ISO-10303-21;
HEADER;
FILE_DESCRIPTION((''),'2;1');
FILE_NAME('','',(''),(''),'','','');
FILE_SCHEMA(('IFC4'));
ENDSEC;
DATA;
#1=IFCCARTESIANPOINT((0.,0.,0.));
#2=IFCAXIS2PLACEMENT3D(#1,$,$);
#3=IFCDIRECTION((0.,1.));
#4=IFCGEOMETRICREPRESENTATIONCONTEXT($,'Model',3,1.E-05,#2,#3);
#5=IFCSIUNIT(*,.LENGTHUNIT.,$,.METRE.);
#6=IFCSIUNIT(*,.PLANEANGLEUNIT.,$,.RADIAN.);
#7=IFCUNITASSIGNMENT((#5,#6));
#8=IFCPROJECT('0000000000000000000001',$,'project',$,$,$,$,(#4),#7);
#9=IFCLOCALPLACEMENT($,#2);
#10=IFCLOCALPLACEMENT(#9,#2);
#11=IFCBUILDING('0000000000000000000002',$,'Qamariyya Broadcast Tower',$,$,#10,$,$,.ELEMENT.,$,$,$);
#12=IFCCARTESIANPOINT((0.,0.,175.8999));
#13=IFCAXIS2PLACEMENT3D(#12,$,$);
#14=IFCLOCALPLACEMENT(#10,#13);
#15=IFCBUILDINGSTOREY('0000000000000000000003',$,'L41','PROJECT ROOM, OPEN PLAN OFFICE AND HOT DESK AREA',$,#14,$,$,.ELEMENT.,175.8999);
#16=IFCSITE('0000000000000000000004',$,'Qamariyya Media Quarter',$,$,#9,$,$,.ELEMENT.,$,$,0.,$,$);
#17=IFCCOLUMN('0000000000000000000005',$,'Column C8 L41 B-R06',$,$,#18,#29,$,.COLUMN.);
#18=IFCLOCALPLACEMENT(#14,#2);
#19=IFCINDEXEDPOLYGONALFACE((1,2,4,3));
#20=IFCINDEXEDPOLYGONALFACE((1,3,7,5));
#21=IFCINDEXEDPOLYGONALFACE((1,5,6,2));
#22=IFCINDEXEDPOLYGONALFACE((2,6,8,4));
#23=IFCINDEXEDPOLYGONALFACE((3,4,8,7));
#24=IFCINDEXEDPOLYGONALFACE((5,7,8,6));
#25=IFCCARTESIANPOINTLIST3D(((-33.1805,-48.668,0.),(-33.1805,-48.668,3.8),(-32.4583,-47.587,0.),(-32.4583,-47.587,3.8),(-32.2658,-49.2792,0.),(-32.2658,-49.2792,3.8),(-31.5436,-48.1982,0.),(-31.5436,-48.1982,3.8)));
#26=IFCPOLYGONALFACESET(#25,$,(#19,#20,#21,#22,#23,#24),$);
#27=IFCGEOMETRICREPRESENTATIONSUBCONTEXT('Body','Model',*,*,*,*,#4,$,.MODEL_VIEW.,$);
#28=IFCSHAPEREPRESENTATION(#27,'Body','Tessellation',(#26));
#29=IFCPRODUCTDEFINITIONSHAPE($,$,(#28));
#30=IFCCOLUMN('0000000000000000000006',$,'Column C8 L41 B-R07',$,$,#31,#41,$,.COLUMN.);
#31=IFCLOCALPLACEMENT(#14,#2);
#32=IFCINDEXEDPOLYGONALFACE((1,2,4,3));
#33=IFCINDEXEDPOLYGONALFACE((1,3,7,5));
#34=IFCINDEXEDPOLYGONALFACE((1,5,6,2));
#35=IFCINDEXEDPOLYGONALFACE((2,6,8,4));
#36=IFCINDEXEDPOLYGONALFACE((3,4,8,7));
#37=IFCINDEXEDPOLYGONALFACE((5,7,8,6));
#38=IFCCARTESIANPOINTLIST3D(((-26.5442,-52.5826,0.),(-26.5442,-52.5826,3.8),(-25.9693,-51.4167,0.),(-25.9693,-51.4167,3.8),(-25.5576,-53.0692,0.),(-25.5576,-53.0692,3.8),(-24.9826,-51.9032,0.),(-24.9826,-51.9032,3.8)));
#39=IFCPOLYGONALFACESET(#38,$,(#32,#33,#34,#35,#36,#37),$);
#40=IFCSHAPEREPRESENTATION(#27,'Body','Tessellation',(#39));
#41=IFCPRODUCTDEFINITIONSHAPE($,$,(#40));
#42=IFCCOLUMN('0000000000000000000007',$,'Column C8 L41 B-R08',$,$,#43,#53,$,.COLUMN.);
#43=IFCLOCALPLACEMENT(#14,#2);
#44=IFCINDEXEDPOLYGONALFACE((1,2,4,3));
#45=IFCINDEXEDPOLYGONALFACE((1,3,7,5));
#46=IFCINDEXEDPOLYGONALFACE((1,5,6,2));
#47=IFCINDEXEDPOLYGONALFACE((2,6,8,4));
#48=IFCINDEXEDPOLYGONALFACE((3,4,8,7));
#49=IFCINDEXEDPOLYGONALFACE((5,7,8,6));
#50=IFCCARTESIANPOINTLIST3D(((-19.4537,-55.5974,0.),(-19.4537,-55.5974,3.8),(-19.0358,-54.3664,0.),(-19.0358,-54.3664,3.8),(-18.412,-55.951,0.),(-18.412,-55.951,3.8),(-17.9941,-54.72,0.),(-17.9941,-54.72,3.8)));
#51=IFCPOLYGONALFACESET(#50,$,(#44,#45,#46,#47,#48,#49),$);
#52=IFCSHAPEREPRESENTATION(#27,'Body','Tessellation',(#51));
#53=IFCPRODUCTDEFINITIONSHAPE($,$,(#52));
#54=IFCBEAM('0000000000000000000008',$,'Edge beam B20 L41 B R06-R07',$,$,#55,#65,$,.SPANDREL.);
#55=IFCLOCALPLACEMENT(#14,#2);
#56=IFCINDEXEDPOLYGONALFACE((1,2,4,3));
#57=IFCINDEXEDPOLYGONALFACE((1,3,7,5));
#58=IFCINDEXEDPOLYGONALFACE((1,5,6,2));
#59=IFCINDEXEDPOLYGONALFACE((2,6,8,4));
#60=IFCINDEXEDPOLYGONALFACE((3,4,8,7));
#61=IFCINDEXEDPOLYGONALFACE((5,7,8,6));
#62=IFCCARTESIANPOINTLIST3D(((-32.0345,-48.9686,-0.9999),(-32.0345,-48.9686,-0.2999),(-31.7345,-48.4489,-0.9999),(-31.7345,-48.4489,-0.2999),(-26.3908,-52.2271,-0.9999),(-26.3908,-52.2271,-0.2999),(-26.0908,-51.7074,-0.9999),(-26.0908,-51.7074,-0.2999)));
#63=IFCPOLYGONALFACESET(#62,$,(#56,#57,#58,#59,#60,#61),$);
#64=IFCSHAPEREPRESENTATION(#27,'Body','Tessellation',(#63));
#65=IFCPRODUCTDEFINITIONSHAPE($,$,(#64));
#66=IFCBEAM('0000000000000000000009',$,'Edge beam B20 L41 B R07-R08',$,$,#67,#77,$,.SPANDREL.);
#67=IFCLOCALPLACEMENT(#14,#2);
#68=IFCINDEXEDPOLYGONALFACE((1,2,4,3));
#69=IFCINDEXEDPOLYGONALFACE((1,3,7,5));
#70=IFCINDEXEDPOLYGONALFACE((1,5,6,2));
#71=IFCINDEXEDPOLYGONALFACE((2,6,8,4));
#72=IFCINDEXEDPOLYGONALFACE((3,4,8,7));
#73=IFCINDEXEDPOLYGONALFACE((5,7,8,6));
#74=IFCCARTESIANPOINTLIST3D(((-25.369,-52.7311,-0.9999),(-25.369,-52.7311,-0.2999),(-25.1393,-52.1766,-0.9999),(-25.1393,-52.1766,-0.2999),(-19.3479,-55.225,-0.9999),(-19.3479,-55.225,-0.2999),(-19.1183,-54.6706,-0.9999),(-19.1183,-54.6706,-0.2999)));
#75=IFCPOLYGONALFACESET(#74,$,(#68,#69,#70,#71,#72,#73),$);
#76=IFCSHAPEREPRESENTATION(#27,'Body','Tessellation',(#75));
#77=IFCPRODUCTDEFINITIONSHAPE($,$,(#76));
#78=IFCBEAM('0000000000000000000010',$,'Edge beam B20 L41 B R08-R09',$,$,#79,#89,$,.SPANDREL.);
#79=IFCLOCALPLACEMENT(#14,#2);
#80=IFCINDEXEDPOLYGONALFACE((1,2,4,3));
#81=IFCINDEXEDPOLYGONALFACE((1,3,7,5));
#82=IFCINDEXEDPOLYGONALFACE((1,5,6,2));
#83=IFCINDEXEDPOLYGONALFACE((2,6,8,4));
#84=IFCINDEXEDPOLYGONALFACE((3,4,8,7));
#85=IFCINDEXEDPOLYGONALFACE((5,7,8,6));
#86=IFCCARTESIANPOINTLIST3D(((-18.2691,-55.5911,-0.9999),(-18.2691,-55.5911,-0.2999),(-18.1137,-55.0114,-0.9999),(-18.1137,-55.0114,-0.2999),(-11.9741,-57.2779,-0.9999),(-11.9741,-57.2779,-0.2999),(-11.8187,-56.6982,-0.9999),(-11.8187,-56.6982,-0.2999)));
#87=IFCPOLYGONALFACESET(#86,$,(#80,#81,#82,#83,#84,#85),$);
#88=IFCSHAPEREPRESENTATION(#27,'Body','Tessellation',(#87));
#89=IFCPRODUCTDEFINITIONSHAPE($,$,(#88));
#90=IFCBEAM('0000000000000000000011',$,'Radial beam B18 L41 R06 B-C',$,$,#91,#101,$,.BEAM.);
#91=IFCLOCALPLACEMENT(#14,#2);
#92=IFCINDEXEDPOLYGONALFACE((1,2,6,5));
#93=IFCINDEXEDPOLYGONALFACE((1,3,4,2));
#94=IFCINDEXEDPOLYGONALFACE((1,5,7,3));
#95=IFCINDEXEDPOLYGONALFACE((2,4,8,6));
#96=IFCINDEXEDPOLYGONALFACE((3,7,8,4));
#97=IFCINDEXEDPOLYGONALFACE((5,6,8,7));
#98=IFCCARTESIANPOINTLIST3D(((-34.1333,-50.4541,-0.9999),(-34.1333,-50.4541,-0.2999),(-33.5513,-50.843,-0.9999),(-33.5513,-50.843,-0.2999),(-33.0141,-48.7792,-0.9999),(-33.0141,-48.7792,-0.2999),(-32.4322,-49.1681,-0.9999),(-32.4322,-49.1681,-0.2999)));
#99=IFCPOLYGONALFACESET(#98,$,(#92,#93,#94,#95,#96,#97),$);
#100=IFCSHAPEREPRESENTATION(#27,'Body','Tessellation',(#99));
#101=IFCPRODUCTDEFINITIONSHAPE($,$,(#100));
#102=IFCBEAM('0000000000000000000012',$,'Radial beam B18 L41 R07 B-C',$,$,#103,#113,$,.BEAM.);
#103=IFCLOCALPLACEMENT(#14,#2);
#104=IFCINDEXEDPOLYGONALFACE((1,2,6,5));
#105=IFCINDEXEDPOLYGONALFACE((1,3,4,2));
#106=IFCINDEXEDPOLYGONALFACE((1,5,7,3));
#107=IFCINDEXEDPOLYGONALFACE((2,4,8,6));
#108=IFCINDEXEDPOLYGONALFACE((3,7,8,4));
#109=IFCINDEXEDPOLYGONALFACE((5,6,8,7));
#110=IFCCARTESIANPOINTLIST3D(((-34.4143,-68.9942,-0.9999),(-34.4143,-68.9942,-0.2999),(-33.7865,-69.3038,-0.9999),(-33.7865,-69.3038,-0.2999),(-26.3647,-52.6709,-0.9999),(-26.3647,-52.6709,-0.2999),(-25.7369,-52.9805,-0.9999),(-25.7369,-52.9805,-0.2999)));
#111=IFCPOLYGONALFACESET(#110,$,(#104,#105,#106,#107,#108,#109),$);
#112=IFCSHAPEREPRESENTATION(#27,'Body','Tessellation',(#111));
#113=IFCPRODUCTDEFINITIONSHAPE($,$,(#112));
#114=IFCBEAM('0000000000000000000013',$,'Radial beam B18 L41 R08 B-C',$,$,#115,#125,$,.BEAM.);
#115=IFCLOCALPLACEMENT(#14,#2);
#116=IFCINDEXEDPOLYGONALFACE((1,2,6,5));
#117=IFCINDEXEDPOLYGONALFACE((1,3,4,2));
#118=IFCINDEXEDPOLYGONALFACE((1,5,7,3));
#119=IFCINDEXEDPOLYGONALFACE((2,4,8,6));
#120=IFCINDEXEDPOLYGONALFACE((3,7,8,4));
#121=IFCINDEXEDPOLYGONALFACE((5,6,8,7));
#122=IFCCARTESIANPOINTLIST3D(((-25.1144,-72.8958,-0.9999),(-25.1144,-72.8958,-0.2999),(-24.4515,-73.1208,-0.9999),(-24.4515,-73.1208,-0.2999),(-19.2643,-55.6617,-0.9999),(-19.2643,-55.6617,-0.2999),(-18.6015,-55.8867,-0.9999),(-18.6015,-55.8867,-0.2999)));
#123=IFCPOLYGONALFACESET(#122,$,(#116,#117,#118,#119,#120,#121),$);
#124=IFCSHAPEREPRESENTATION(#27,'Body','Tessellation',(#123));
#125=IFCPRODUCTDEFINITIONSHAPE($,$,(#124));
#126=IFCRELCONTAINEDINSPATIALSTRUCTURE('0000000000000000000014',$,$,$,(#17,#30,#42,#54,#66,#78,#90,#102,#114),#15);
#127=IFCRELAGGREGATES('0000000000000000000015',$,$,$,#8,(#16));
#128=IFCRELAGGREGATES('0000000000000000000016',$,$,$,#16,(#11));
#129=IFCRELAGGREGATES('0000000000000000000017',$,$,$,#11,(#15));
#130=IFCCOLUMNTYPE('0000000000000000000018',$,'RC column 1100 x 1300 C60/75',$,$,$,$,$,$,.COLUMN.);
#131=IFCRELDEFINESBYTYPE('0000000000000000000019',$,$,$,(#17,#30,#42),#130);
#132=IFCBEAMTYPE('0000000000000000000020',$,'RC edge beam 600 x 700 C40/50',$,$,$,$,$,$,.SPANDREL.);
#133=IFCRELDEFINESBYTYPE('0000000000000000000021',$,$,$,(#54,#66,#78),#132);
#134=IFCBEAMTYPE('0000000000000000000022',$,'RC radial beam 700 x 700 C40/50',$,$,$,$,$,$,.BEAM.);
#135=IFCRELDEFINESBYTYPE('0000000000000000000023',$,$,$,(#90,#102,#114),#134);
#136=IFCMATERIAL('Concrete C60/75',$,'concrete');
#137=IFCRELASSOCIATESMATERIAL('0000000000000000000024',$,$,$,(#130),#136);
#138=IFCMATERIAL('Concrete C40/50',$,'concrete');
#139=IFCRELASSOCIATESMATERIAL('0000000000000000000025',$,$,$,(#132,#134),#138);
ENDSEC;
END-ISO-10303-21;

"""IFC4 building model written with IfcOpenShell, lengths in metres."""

from ifc_helpers import new_model, si_unit, direction, frame, origin, origin_2d, place, context, subcontext, project, spatial, rectangle, extrude, material, material_profile, profile_set, type_object, element, save


model = new_model("IFC4")

# Units and contexts
model_context = context("Model", 3, precision=1e-05, world=origin(), true_north=direction((0.0, 1.0)))
body_context = subcontext(model_context, "Body", "Model", "MODEL_VIEW")
ifc_project = project(units=[si_unit("LENGTHUNIT", "METRE"), si_unit("PLANEANGLEUNIT", "RADIAN")], contexts=[model_context])

# Site, building, storey
site_placement = place(None, origin())
site = spatial("IfcSite", under=ifc_project, at=site_placement, Name="Qamariyya Media Quarter", CompositionType="ELEMENT", RefElevation=0.0)
building_placement = place(site_placement, origin())
building = spatial("IfcBuilding", under=site, at=building_placement, Name="Qamariyya Broadcast Tower", CompositionType="ELEMENT")
storey_placement = place(building_placement, frame((0.0, 0.0, 175.8999)))
storey = spatial("IfcBuildingStorey", under=building, at=storey_placement, Name="L41", Description="PROJECT ROOM, OPEN PLAN OFFICE AND HOT DESK AREA", CompositionType="ELEMENT", Elevation=175.8999)

# Columns
ifc_material_1 = material(Name="Concrete C60/75", Category="concrete")
ifc_material_profile_1 = material_profile(ifc_material_1, rectangle(XDim=1.1001, YDim=1.3, at=origin_2d()))
ifc_profile_set_1 = profile_set([ifc_material_profile_1], Name="Concrete C60/75")
column_type = type_object("IfcColumnType", Name="RC column 1100 x 1300 C60/75", PredefinedType="COLUMN", material=ifc_profile_set_1)
for number, where, z_axis, x_axis, name in (
    (1, (-32.3621, -48.4331, 0.0), (0.0, 0.0, 1.0), (0.83147, -0.55557, 0.0), "Column C8 L41 B-R06"),
    (2, (-25.7634, -52.2429, 0.0), (0.0, 0.0, 1.0), (0.896873, -0.442289, 0.0), "Column C8 L41 B-R07"),
    (3, (-18.7239, -55.1587, 0.0), (0.0, 0.0, 1.0), (0.94693, -0.321439, 0.0), "Column C8 L41 B-R08"),
):
    element("IfcColumn", number, at=place(storey_placement, frame(where, z_axis=z_axis, x_axis=x_axis)), inside=storey, type_object=column_type, Name=name, PredefinedType="COLUMN", context=body_context, shape_type="SweptSolid", body=[
        extrude(rectangle(XDim=1.1001, YDim=1.3, at=origin_2d()), origin(), (0.0, 0.0, 1.0), 3.8),
    ])

# Beams
ifc_material_2 = material(Name="Concrete C40/50", Category="concrete")
ifc_material_profile_2 = material_profile(ifc_material_2, rectangle(XDim=0.6001, YDim=0.7, at=origin_2d()))
ifc_profile_set_2 = profile_set([ifc_material_profile_2], Name="Concrete C40/50")
beam_type_1 = type_object("IfcBeamType", Name="RC edge beam 600 x 700 C40/50", PredefinedType="SPANDREL", material=ifc_profile_set_2)
beam_1_placement = place(storey_placement, frame((-31.8845, -48.7087, -0.6499), z_axis=(0.866019, -0.500011, 0.0), x_axis=(0.500011, 0.866019, 0.0)))
element("IfcBeam", 4, at=beam_1_placement, inside=storey, type_object=beam_type_1, Name="Edge beam B20 L41 B R06-R07", PredefinedType="SPANDREL", context=body_context, shape_type="SweptSolid", body=[
    extrude(rectangle(XDim=0.6001, YDim=0.7, at=origin_2d()), origin(), (0.0, 0.0, 1.0), 6.5168),
])
for number, where, z_axis, x_axis, name in (
    (5, (-25.2542, -52.4539, -0.6499), (0.923884, -0.382673, 0.0), (0.382673, 0.923884, 0.0), "Edge beam B20 L41 B R07-R08"),
    (6, (-18.1914, -55.3013, -0.6499), (0.965924, -0.258826, 0.0), (0.258826, 0.965924, 0.0), "Edge beam B20 L41 B R08-R09"),
):
    element("IfcBeam", number, at=place(storey_placement, frame(where, z_axis=z_axis, x_axis=x_axis)), inside=storey, type_object=beam_type_1, Name=name, PredefinedType="SPANDREL", context=body_context, shape_type="SweptSolid", body=[
        extrude(rectangle(XDim=0.6001, YDim=0.7, at=origin_2d()), origin(), (0.0, 0.0, 1.0), 6.5171),
    ])
ifc_material_profile_3 = material_profile(ifc_material_2, rectangle(XDim=0.7, YDim=0.7, at=origin_2d()))
ifc_profile_set_3 = profile_set([ifc_material_profile_3], Name="Concrete C40/50")
beam_type_2 = type_object("IfcBeamType", Name="RC radial beam 700 x 700 C40/50", PredefinedType="BEAM", material=ifc_profile_set_3)
beam_2_placement = place(storey_placement, frame((-32.7231, -48.9736, -0.6499), z_axis=(-0.555595, -0.831453, 0.0), x_axis=(0.831453, -0.555595, 0.0)))
element("IfcBeam", 7, at=beam_2_placement, inside=storey, type_object=beam_type_2, Name="Radial beam B18 L41 R06 B-C", PredefinedType="BEAM", context=body_context, shape_type="SweptSolid", body=[
    extrude(rectangle(XDim=0.7, YDim=0.7, at=origin_2d()), origin(), (0.0, 0.0, 1.0), 2.0144),
])
beam_3_placement = place(storey_placement, frame((-26.0508, -52.8257, -0.6499), z_axis=(-0.442281, -0.896876, 0.0), x_axis=(0.896876, -0.442281, 0.0)))
element("IfcBeam", 8, at=beam_3_placement, inside=storey, type_object=beam_type_2, Name="Radial beam B18 L41 R07 B-C", PredefinedType="BEAM", context=body_context, shape_type="SweptSolid", body=[
    extrude(rectangle(XDim=0.7, YDim=0.7, at=origin_2d()), origin(), (0.0, 0.0, 1.0), 18.2002),
])
beam_4_placement = place(storey_placement, frame((-18.9329, -55.7742, -0.6499), z_axis=(-0.321434, -0.946932, 0.0), x_axis=(0.946932, -0.321434, 0.0)))
element("IfcBeam", 9, at=beam_4_placement, inside=storey, type_object=beam_type_2, Name="Radial beam B18 L41 R08 B-C", PredefinedType="BEAM", context=body_context, shape_type="SweptSolid", body=[
    extrude(rectangle(XDim=0.7, YDim=0.7, at=origin_2d()), origin(), (0.0, 0.0, 1.0), 18.2),
])

save(model, "model.ifc")
